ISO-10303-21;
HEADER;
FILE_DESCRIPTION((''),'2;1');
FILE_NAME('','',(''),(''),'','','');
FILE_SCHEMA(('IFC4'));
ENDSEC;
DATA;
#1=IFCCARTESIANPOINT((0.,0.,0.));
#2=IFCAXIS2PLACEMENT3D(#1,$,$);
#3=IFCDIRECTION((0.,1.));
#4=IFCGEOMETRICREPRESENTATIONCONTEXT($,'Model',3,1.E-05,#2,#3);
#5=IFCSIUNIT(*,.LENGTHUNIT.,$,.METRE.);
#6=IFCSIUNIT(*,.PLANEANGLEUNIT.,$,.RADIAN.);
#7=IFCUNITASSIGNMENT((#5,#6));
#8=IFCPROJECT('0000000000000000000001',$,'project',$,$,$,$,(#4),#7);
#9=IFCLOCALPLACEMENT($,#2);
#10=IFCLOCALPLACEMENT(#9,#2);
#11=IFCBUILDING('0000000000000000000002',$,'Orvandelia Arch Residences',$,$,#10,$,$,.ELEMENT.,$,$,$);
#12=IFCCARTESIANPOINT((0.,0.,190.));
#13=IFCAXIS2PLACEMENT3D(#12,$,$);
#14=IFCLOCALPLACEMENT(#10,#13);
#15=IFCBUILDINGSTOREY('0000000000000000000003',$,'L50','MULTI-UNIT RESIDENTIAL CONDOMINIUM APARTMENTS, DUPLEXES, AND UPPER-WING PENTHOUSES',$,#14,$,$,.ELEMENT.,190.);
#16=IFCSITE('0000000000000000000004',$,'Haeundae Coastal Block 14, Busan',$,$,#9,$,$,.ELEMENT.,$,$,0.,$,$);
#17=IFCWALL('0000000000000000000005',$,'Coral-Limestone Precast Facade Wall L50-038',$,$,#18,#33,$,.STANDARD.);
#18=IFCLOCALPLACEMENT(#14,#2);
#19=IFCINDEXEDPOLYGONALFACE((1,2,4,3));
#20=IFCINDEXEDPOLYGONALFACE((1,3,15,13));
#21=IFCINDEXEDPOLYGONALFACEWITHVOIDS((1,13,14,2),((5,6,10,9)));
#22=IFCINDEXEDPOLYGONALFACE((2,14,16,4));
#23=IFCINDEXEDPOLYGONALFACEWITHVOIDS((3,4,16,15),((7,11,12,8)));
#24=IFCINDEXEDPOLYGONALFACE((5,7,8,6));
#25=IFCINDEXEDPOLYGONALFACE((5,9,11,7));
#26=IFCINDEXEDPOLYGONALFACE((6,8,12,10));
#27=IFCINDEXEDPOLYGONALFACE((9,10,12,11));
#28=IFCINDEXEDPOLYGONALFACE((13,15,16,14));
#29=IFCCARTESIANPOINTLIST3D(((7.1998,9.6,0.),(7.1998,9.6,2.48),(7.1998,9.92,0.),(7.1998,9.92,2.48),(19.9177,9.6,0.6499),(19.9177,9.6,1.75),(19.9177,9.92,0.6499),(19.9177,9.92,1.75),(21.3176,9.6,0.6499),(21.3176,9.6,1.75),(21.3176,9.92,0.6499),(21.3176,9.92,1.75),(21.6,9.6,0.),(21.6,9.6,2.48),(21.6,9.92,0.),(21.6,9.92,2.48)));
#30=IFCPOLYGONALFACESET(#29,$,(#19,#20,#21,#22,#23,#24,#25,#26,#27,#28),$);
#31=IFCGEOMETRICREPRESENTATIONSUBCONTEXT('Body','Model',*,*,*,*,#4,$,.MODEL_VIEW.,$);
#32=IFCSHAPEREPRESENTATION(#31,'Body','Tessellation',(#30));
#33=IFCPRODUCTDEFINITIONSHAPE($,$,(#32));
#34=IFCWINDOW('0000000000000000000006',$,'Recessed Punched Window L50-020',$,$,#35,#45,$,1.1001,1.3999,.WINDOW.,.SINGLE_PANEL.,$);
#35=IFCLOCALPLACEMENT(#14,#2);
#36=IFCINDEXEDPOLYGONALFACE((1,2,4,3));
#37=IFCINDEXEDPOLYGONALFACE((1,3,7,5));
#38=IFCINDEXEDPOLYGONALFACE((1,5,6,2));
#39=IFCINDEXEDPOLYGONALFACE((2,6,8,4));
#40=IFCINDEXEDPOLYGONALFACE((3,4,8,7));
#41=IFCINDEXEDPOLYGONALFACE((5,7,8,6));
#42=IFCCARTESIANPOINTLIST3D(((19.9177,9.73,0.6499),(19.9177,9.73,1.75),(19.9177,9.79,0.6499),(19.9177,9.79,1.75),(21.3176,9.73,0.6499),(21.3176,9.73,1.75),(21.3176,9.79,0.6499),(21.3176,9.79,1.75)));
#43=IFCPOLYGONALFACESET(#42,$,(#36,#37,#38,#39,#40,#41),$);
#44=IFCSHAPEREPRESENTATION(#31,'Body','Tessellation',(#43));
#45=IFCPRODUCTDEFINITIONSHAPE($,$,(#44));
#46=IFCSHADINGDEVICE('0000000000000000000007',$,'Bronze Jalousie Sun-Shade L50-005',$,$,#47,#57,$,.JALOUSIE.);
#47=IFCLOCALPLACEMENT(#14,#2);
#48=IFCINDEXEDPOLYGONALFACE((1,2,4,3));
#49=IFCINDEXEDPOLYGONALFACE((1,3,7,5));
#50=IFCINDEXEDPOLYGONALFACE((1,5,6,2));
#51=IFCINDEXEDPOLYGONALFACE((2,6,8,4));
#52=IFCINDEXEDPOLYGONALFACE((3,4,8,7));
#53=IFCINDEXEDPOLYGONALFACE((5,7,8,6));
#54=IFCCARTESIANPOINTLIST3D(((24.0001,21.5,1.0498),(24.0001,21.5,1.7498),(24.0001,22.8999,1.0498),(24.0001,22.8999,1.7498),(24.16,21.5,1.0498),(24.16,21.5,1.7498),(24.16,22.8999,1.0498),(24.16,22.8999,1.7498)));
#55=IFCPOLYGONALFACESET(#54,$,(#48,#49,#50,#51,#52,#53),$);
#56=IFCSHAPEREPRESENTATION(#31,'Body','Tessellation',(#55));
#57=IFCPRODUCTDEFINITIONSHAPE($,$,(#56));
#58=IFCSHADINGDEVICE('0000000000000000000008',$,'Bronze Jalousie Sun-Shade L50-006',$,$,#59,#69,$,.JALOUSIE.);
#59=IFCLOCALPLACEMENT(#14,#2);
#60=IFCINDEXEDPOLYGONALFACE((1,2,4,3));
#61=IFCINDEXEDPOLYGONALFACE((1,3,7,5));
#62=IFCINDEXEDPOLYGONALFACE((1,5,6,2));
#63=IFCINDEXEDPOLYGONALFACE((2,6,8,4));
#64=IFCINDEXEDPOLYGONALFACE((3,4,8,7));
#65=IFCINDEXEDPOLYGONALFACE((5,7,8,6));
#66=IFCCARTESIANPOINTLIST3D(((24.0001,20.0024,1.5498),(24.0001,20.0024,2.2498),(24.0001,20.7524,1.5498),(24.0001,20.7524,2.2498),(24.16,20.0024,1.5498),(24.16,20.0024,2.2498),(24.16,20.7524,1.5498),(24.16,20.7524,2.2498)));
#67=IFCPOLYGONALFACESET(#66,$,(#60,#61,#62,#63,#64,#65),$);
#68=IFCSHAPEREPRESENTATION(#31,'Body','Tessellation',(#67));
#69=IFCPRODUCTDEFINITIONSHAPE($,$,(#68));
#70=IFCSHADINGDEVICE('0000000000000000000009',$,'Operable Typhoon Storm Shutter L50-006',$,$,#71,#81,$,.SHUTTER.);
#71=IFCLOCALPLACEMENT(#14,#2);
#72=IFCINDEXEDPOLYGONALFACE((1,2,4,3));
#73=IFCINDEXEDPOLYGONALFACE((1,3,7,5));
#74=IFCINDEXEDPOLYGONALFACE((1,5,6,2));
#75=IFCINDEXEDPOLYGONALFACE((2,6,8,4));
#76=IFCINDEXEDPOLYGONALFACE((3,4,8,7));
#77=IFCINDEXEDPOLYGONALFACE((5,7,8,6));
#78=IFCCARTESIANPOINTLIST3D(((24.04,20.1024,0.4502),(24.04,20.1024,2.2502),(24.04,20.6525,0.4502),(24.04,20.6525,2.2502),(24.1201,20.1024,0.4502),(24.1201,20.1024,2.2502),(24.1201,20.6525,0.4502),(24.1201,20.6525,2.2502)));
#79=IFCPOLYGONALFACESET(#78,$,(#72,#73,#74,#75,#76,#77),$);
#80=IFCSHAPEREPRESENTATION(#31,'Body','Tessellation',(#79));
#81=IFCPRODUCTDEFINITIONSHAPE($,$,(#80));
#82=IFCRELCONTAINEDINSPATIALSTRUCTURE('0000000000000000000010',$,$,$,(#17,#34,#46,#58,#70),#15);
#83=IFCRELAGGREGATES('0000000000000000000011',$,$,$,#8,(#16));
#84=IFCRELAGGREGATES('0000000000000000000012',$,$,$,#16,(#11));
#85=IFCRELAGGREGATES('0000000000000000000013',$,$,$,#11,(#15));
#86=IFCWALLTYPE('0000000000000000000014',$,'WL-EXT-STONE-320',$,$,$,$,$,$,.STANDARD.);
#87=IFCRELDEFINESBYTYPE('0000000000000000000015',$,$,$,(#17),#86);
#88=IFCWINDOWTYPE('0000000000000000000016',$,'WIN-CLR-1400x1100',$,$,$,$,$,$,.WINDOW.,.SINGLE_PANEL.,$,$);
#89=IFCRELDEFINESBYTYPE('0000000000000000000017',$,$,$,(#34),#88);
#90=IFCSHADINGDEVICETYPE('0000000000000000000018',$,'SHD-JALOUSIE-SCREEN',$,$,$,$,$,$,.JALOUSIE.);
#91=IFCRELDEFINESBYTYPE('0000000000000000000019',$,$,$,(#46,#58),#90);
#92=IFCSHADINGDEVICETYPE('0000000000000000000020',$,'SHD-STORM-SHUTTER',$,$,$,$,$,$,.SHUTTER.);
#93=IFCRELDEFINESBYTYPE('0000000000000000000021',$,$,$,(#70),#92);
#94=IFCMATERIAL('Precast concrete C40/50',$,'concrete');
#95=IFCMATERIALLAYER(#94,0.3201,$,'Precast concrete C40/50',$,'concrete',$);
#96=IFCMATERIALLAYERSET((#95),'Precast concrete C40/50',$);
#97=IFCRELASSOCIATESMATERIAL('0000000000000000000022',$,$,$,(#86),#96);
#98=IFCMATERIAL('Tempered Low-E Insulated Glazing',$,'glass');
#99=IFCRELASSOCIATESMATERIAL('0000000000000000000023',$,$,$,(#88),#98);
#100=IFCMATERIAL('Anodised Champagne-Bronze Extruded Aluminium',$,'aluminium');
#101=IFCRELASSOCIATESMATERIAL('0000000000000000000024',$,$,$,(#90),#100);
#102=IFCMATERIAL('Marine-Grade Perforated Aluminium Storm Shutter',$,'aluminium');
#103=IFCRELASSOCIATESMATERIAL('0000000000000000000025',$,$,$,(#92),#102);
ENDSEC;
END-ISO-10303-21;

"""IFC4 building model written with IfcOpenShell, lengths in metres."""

from ifc_helpers import new_model, si_unit, direction, frame, frame_2d, origin, origin_2d, place, context, subcontext, project, spatial, rectangle, extrude, material, layer, layer_set, type_object, element, fill, save


model = new_model("IFC4")

# Units and contexts
model_context = context("Model", 3, precision=1e-05, world=origin(), true_north=direction((0.0, 1.0)))
body_context = subcontext(model_context, "Body", "Model", "MODEL_VIEW")
ifc_project = project(units=[si_unit("LENGTHUNIT", "METRE"), si_unit("PLANEANGLEUNIT", "RADIAN")], contexts=[model_context])

# Site, building, storey
site_placement = place(None, origin())
site = spatial("IfcSite", under=ifc_project, at=site_placement, Name="Haeundae Coastal Block 14, Busan", CompositionType="ELEMENT", RefElevation=0.0)
building_placement = place(site_placement, origin())
building = spatial("IfcBuilding", under=site, at=building_placement, Name="Orvandelia Arch Residences", CompositionType="ELEMENT")
storey_placement = place(building_placement, frame((0.0, 0.0, 190.0)))
storey = spatial("IfcBuildingStorey", under=building, at=storey_placement, Name="L50", Description="MULTI-UNIT RESIDENTIAL CONDOMINIUM APARTMENTS, DUPLEXES, AND UPPER-WING PENTHOUSES", CompositionType="ELEMENT", Elevation=190.0)

# Shared definitions
ifc_material_1 = material(Name="Precast concrete C40/50", Category="concrete")
ifc_layer = layer(ifc_material_1, 0.3201, Name="Precast concrete C40/50", Category="concrete")
ifc_layer_set = layer_set([ifc_layer], Name="Precast concrete C40/50")
wall_type = type_object("IfcWallType", Name="WL-EXT-STONE-320", PredefinedType="STANDARD", material=ifc_layer_set)

# Wall, opening, window
wall_1_placement = place(storey_placement, frame((21.6001, 9.76, 0.0), z_axis=(0.0, 0.0, 1.0), x_axis=(-1.0, 0.0, 0.0)))
wall_1 = element("IfcWall", 1, at=wall_1_placement, inside=storey, type_object=wall_type, Name="Coral-Limestone Precast Facade Wall L50-038", PredefinedType="STANDARD", context=body_context, shape_type="SweptSolid", body=[
    extrude(rectangle(XDim=14.4001, YDim=0.3201, at=frame_2d((7.2002, 0.0))), origin(), (0.0, 0.0, 1.0), 2.48),
])
opening_placement = place(wall_1_placement, frame((0.2825, 0.0, 0.6499)))
opening = element("IfcOpeningElement", 2, at=opening_placement, cuts=wall_1, PredefinedType="OPENING", context=body_context, shape_type="SweptSolid", body=[
    extrude(rectangle(XDim=1.3999, YDim=1.1001, at=frame_2d((0.7, 0.55))), frame((0.0, 0.1699, 0.0), z_axis=(0.0, -1.0, 0.0), x_axis=(1.0, 0.0, 0.0)), (0.0, 0.0, 1.0), 0.3401),
])
ifc_material_2 = material(Name="Tempered Low-E Insulated Glazing", Category="glass")
window_type = type_object("IfcWindowType", Name="WIN-CLR-1400x1100", PartitioningType="SINGLE_PANEL", PredefinedType="WINDOW", material=ifc_material_2)
window_placement = place(opening_placement, origin())
window = element("IfcWindow", 3, at=window_placement, inside=storey, type_object=window_type, Name="Recessed Punched Window L50-020", OverallHeight=1.1001, OverallWidth=1.3999, PartitioningType="SINGLE_PANEL", PredefinedType="WINDOW", context=body_context, shape_type="SweptSolid", body=[
    extrude(rectangle(XDim=1.3999, YDim=1.1001, at=frame_2d((0.7, 0.55))), frame((0.0, 0.03, 0.0), z_axis=(0.0, -1.0, 0.0), x_axis=(1.0, 0.0, 0.0)), (0.0, 0.0, 1.0), 0.0601),
])
fill(opening, window)

# Shading devices
ifc_material_3 = material(Name="Anodised Champagne-Bronze Extruded Aluminium", Category="aluminium")
shading_device_type_1 = type_object("IfcShadingDeviceType", Name="SHD-JALOUSIE-SCREEN", PredefinedType="JALOUSIE", material=ifc_material_3)
shading_device_1_placement = place(storey_placement, frame((24.0801, 22.2, 1.0498), z_axis=(0.0, 0.0, 1.0), x_axis=(0.0, -1.0, 0.0)))
element("IfcShadingDevice", 4, at=shading_device_1_placement, inside=storey, type_object=shading_device_type_1, Name="Bronze Jalousie Sun-Shade L50-005", PredefinedType="JALOUSIE", context=body_context, shape_type="SweptSolid", body=[
    extrude(rectangle(XDim=1.3999, YDim=0.1599, at=origin_2d()), origin(), (0.0, 0.0, 1.0), 0.7),
])
shading_device_2_placement = place(storey_placement, frame((24.0801, 20.3774, 1.5498), z_axis=(0.0, 0.0, 1.0), x_axis=(0.0, -1.0, 0.0)))
element("IfcShadingDevice", 5, at=shading_device_2_placement, inside=storey, type_object=shading_device_type_1, Name="Bronze Jalousie Sun-Shade L50-006", PredefinedType="JALOUSIE", context=body_context, shape_type="SweptSolid", body=[
    extrude(rectangle(XDim=0.75, YDim=0.1599, at=origin_2d()), origin(), (0.0, 0.0, 1.0), 0.7),
])
ifc_material_4 = material(Name="Marine-Grade Perforated Aluminium Storm Shutter", Category="aluminium")
shading_device_type_2 = type_object("IfcShadingDeviceType", Name="SHD-STORM-SHUTTER", PredefinedType="SHUTTER", material=ifc_material_4)
shading_device_3_placement = place(storey_placement, frame((24.0801, 20.3774, 0.4502), z_axis=(0.0, 0.0, 1.0), x_axis=(0.0, -1.0, 0.0)))
element("IfcShadingDevice", 6, at=shading_device_3_placement, inside=storey, type_object=shading_device_type_2, Name="Operable Typhoon Storm Shutter L50-006", PredefinedType="SHUTTER", context=body_context, shape_type="SweptSolid", body=[
    extrude(rectangle(XDim=0.55, YDim=0.0801, at=origin_2d()), origin(), (0.0, 0.0, 1.0), 1.8),
])

save(model, "model.ifc")
